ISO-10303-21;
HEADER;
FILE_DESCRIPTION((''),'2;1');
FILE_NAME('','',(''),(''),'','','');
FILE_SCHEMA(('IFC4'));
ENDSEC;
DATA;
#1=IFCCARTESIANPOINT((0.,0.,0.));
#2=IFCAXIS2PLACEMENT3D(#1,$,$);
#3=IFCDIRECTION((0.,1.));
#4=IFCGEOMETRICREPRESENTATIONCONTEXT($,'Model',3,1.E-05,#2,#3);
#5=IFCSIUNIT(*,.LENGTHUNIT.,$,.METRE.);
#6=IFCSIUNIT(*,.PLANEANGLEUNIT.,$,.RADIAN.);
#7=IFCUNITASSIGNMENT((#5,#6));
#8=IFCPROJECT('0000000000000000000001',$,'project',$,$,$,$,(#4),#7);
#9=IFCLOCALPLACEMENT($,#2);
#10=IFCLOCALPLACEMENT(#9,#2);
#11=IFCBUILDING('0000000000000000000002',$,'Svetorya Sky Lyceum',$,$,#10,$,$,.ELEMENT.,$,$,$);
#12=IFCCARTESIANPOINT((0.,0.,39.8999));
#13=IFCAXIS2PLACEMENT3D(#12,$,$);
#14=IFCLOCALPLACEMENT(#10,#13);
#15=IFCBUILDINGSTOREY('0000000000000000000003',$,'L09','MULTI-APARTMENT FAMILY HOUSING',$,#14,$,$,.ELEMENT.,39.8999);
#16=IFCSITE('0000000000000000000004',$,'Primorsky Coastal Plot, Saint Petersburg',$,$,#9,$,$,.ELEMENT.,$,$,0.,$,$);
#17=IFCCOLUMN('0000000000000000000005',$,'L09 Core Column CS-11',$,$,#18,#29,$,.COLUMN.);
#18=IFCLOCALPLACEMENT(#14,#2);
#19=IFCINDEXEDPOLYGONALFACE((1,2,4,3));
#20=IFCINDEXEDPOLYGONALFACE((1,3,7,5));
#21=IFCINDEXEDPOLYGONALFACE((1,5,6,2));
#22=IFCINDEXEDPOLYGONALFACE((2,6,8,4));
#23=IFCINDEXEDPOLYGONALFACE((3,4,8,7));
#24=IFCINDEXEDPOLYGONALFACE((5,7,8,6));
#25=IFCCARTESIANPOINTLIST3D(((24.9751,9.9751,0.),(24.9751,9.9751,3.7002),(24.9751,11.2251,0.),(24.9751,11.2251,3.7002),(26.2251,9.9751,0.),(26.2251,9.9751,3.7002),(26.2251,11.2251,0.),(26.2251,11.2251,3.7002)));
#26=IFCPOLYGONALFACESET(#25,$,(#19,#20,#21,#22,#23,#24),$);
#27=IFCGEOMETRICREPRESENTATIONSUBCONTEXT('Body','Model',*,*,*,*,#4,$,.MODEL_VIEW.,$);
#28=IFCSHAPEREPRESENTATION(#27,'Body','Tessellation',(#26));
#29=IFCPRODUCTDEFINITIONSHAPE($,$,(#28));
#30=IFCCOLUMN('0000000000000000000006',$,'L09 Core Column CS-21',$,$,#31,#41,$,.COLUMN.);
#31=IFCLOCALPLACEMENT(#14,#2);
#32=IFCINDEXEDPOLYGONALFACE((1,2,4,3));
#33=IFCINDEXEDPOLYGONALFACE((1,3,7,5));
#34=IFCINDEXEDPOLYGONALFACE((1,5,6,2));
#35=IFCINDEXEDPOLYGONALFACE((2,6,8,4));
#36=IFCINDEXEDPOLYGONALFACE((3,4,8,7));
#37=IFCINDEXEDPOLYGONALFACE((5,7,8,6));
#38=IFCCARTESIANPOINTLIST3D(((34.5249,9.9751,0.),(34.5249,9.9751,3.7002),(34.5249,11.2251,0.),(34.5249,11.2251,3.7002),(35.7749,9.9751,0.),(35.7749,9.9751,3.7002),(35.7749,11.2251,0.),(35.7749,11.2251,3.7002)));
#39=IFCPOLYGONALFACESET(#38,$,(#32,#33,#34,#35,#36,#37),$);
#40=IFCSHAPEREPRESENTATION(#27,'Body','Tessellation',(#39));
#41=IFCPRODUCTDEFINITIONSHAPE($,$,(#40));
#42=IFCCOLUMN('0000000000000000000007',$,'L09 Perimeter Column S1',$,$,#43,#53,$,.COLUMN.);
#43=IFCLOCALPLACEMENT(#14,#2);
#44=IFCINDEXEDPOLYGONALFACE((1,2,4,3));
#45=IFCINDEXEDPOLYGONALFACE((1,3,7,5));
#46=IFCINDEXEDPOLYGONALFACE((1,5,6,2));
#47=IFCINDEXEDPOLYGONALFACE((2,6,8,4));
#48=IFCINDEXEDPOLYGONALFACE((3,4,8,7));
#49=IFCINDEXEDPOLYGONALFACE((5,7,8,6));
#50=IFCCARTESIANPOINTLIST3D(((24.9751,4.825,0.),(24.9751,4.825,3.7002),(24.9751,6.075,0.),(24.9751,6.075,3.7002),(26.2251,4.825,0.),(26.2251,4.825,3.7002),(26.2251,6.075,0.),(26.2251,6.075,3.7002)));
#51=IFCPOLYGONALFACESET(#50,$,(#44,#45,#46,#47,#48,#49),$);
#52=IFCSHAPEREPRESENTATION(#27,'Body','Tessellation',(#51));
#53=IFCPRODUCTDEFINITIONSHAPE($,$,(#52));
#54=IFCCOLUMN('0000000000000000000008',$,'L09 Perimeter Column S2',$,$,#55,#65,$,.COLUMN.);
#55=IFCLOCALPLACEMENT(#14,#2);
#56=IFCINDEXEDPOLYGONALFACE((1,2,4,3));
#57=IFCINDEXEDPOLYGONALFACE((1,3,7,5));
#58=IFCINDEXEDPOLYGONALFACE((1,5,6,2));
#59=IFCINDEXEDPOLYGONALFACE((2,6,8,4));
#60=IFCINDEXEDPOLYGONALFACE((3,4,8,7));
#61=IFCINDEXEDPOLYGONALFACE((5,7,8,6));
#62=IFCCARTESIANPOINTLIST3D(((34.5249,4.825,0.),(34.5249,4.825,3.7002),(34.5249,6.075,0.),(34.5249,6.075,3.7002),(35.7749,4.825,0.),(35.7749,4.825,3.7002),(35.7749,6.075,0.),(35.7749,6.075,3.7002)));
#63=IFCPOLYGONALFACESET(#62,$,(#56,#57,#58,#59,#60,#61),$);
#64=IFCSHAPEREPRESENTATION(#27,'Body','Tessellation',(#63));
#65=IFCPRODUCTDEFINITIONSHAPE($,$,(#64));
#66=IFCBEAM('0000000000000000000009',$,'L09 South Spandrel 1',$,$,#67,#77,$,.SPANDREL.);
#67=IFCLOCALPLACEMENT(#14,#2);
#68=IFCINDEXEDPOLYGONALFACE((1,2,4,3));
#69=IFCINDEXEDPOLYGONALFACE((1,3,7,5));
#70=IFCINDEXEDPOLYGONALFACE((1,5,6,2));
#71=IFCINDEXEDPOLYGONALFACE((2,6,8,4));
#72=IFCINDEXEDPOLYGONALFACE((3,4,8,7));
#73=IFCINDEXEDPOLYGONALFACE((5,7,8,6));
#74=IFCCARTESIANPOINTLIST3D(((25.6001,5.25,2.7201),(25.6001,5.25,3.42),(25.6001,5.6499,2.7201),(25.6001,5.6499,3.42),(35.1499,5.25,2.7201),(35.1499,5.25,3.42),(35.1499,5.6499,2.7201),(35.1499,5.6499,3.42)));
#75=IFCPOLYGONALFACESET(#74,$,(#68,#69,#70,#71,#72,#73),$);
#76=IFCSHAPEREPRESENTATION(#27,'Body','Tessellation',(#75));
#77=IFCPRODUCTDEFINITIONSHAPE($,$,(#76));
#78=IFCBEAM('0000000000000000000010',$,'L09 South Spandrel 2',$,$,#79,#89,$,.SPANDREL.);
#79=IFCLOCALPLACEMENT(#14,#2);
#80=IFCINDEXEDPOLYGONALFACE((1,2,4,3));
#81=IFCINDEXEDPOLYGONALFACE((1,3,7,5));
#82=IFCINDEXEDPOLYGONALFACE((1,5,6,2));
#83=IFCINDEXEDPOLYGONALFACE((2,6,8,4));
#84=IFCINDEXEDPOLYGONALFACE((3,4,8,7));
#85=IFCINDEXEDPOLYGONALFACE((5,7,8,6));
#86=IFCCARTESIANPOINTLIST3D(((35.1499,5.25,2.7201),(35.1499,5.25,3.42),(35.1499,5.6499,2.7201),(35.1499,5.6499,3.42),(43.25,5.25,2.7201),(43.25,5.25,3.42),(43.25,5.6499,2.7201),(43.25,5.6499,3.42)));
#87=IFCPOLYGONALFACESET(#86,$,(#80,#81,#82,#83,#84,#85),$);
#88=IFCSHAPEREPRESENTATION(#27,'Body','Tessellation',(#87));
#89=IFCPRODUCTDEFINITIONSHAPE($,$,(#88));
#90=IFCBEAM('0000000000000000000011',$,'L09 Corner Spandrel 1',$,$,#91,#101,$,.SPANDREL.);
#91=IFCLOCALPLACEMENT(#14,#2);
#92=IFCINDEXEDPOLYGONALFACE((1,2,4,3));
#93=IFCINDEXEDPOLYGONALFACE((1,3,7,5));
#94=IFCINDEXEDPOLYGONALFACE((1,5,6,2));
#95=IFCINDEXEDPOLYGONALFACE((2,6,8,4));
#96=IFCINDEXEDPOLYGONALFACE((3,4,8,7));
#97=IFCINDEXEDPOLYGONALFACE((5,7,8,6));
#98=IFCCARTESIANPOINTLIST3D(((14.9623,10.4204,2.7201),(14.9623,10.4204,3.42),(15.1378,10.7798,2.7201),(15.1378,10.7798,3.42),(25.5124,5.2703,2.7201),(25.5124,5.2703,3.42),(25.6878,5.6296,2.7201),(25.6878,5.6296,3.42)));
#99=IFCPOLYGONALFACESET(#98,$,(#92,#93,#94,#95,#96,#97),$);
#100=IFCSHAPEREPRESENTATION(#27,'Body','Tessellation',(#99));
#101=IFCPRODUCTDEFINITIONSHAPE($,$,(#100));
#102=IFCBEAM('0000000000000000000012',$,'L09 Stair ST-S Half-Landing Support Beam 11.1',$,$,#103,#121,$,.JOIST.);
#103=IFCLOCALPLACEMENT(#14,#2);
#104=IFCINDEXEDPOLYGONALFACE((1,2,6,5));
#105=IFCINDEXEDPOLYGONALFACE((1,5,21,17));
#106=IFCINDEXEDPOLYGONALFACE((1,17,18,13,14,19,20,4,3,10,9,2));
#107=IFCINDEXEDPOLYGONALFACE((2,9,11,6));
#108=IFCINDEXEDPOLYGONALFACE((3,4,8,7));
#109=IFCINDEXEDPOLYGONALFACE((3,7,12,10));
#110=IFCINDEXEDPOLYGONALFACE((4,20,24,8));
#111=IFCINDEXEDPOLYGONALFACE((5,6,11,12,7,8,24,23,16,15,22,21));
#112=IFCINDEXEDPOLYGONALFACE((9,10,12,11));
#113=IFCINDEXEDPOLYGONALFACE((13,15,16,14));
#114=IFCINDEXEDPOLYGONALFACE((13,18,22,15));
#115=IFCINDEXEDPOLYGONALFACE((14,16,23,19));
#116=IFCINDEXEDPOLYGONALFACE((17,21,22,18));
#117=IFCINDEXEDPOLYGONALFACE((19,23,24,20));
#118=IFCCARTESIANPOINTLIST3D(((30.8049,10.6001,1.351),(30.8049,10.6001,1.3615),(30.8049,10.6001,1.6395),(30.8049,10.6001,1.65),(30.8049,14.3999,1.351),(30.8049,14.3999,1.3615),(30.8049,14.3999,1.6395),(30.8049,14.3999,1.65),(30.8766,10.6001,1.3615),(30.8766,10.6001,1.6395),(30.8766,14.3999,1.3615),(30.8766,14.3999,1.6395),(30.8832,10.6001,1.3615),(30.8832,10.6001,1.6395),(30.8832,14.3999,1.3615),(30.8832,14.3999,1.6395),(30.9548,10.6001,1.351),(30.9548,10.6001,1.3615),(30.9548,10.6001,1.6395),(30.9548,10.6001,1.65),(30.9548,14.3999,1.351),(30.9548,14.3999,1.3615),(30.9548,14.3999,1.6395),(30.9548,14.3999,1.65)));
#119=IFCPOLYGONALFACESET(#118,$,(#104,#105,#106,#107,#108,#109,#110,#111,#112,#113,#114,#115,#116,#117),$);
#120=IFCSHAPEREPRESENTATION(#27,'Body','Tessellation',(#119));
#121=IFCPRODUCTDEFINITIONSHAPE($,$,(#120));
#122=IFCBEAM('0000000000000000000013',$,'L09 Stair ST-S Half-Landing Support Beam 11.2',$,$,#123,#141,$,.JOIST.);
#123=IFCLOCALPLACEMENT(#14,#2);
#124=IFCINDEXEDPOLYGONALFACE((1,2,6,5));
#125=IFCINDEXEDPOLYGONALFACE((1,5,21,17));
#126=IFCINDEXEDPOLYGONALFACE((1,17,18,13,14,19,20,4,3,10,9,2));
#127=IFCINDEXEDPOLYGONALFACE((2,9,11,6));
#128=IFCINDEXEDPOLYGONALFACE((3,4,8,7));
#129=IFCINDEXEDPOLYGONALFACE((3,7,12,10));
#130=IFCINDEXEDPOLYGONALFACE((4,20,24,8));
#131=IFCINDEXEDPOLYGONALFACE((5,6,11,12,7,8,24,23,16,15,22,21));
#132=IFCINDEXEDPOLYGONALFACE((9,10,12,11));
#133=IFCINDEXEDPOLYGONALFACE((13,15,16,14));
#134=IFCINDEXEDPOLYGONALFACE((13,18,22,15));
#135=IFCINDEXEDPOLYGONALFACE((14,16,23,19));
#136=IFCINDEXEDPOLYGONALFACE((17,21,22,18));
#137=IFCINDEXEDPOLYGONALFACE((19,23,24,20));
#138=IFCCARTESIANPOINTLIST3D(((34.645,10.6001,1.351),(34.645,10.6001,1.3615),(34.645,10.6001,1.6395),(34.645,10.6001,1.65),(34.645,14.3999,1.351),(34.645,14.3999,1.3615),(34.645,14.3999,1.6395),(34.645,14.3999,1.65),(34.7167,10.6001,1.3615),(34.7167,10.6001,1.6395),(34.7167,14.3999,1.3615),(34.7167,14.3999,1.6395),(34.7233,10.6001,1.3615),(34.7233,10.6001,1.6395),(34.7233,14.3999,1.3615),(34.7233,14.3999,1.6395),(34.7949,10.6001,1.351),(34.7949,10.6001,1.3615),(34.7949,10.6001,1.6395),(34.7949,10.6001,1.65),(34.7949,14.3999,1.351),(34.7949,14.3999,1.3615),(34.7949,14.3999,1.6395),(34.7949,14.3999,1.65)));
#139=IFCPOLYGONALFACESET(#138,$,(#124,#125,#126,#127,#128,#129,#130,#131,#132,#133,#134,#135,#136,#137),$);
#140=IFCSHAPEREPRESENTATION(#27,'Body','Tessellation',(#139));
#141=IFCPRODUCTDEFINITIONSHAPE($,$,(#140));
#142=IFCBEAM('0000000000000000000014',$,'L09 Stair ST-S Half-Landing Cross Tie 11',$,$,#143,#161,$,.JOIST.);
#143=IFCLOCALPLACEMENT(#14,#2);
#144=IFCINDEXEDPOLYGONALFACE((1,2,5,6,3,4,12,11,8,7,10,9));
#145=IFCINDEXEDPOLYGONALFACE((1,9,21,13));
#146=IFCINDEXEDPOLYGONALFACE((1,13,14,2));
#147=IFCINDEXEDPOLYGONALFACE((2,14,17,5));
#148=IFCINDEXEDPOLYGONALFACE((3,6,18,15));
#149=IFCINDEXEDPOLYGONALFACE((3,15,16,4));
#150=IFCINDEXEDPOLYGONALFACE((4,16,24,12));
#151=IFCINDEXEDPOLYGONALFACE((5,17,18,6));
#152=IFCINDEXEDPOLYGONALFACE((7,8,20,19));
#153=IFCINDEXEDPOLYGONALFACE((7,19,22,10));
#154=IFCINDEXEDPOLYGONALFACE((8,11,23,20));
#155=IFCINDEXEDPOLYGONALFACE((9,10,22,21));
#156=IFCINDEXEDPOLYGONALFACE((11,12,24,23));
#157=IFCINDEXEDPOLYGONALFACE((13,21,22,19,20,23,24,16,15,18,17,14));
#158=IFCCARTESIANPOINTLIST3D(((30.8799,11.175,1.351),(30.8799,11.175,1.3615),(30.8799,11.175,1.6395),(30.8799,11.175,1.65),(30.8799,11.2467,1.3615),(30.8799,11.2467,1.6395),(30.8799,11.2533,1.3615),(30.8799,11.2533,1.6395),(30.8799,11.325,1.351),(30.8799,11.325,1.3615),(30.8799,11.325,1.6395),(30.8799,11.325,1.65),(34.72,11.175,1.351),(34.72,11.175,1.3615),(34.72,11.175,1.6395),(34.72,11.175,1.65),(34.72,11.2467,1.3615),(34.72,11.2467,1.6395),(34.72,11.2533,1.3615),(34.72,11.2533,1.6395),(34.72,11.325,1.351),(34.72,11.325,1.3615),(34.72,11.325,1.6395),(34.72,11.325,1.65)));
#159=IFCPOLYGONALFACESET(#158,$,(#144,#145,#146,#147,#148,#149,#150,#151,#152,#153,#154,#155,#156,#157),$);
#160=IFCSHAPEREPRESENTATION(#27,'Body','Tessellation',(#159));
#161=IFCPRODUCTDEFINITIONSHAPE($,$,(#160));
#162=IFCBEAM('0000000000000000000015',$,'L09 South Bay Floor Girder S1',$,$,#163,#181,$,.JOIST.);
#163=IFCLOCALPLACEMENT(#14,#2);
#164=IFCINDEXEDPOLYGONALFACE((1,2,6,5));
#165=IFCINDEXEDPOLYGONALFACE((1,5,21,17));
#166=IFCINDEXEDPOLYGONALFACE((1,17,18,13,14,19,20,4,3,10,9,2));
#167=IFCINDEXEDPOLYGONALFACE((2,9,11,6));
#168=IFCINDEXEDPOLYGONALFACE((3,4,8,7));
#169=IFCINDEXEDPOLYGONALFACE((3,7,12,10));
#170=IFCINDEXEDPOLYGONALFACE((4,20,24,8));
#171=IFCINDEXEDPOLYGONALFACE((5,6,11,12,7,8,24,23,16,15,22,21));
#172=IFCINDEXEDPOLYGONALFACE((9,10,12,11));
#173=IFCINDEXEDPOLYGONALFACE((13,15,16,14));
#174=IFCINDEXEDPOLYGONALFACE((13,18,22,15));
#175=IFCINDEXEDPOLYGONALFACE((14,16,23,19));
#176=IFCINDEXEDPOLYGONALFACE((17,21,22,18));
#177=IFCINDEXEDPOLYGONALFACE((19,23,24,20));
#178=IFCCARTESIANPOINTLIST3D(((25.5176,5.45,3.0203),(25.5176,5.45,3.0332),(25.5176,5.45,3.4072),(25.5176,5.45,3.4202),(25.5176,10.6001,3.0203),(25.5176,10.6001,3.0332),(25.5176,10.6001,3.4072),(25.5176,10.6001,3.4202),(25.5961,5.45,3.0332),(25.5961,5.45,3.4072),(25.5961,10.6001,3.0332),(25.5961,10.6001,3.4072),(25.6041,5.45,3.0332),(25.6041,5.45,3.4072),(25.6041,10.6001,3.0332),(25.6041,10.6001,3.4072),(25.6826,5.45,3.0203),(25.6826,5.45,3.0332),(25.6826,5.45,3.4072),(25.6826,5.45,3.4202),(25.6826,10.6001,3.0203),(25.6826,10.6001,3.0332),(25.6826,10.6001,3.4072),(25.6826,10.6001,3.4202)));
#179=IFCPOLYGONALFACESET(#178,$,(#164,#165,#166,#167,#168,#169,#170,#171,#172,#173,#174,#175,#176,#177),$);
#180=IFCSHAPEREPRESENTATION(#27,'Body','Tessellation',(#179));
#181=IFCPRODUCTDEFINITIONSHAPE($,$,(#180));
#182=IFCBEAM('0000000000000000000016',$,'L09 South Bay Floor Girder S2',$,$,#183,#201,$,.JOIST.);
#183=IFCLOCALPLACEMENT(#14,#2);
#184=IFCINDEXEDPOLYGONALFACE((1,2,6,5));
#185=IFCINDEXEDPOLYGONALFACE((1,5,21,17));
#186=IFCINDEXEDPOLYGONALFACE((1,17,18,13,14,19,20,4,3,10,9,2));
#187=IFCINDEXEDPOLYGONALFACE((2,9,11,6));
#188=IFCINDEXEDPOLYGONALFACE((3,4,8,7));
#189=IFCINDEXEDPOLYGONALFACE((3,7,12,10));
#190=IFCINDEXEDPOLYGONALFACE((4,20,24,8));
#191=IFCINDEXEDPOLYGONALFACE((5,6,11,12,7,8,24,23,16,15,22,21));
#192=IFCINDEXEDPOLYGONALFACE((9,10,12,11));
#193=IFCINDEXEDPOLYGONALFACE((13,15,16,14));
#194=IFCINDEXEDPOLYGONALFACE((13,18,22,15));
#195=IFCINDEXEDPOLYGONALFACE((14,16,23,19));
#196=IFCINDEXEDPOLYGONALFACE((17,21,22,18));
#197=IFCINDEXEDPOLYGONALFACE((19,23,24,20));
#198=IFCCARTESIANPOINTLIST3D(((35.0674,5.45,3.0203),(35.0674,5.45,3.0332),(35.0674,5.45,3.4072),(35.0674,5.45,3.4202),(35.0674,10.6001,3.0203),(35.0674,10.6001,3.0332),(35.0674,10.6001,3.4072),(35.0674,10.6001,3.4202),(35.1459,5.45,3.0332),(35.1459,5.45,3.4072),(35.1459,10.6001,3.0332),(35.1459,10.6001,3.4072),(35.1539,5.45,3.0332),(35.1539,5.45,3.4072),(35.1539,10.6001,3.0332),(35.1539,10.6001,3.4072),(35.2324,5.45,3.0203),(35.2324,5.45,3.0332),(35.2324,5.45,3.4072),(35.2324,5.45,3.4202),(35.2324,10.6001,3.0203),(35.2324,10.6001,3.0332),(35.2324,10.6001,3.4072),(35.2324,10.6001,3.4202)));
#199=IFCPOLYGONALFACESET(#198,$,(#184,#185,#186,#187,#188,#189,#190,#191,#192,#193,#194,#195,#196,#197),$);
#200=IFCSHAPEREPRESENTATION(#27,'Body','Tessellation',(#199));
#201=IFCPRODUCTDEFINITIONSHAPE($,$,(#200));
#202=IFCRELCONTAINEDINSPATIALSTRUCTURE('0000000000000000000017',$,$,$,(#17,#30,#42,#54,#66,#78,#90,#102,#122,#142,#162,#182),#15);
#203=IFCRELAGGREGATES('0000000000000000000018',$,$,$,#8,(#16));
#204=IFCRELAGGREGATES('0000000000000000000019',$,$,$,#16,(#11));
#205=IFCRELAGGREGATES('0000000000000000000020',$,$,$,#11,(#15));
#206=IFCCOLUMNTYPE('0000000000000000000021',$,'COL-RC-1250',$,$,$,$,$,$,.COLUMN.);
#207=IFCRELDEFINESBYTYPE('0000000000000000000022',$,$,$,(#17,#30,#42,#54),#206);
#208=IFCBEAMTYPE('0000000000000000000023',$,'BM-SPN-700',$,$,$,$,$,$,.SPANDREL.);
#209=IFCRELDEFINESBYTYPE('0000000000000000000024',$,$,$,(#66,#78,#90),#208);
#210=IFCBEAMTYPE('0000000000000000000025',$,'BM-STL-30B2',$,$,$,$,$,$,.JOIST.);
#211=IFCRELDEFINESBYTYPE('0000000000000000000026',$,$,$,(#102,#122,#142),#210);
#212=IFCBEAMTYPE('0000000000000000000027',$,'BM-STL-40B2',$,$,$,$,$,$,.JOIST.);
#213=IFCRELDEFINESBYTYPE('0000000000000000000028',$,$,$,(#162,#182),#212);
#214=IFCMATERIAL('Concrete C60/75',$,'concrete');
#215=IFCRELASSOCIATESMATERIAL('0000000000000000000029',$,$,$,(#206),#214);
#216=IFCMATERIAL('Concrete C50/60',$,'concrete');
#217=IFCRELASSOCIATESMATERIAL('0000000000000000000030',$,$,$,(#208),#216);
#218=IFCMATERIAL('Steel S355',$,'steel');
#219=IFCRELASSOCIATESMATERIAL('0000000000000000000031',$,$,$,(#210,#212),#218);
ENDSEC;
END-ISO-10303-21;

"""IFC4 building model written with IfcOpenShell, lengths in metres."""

from ifc_helpers import new_model, si_unit, direction, frame, origin, origin_2d, place, context, subcontext, project, spatial, rectangle, i_section, extrude, material, material_profile, profile_set, type_object, element, save


model = new_model("IFC4")

# Units and contexts
model_context = context("Model", 3, precision=1e-05, world=origin(), true_north=direction((0.0, 1.0)))
body_context = subcontext(model_context, "Body", "Model", "MODEL_VIEW")
ifc_project = project(units=[si_unit("LENGTHUNIT", "METRE"), si_unit("PLANEANGLEUNIT", "RADIAN")], contexts=[model_context])

# Site, building, storey
site_placement = place(None, origin())
site = spatial("IfcSite", under=ifc_project, at=site_placement, Name="Primorsky Coastal Plot, Saint Petersburg", CompositionType="ELEMENT", RefElevation=0.0)
building_placement = place(site_placement, origin())
building = spatial("IfcBuilding", under=site, at=building_placement, Name="Svetorya Sky Lyceum", CompositionType="ELEMENT")
storey_placement = place(building_placement, frame((0.0, 0.0, 39.8999)))
storey = spatial("IfcBuildingStorey", under=building, at=storey_placement, Name="L09", Description="MULTI-APARTMENT FAMILY HOUSING", CompositionType="ELEMENT", Elevation=39.8999)

# Columns
ifc_material_1 = material(Name="Concrete C60/75", Category="concrete")
ifc_material_profile_1 = material_profile(ifc_material_1, rectangle(XDim=1.25, YDim=1.25, at=origin_2d()), Name="RC COL 1250x1250")
ifc_profile_set_1 = profile_set([ifc_material_profile_1], Name="Concrete C60/75")
column_type = type_object("IfcColumnType", Name="COL-RC-1250", PredefinedType="COLUMN", material=ifc_profile_set_1)
for number, where, z_axis, x_axis, name in (
    (1, (25.6001, 10.6001, 0.0), (0.0, 0.0, 1.0), (1.0, 0.0, 0.0), "L09 Core Column CS-11"),
    (2, (35.1499, 10.6001, 0.0), (0.0, 0.0, 1.0), (1.0, 0.0, 0.0), "L09 Core Column CS-21"),
    (3, (25.6001, 5.45, 0.0), (0.0, 0.0, 1.0), (1.0, 0.0, 0.0), "L09 Perimeter Column S1"),
    (4, (35.1499, 5.45, 0.0), (0.0, 0.0, 1.0), (1.0, 0.0, 0.0), "L09 Perimeter Column S2"),
):
    element("IfcColumn", number, at=place(storey_placement, frame(where, z_axis=z_axis, x_axis=x_axis)), inside=storey, type_object=column_type, Name=name, PredefinedType="COLUMN", context=body_context, shape_type="SweptSolid", body=[
        extrude(rectangle(XDim=1.25, YDim=1.25, at=origin_2d()), origin(), (0.0, 0.0, 1.0), 3.7002),
    ])

# Beams
ifc_material_2 = material(Name="Concrete C50/60", Category="concrete")
ifc_material_profile_2 = material_profile(ifc_material_2, rectangle(XDim=0.3999, YDim=0.7, at=origin_2d()), Name="RC SPANDREL 400x700")
ifc_profile_set_2 = profile_set([ifc_material_profile_2], Name="Concrete C50/60")
beam_type_1 = type_object("IfcBeamType", Name="BM-SPN-700", PredefinedType="SPANDREL", material=ifc_profile_set_2)
beam_1_placement = place(storey_placement, frame((25.6001, 5.45, 3.0701), z_axis=(1.0, 0.0, 0.0), x_axis=(0.0, 1.0, 0.0)))
element("IfcBeam", 5, at=beam_1_placement, inside=storey, type_object=beam_type_1, Name="L09 South Spandrel 1", PredefinedType="SPANDREL", context=body_context, shape_type="SweptSolid", body=[
    extrude(rectangle(XDim=0.3999, YDim=0.7, at=origin_2d()), origin(), (0.0, 0.0, 1.0), 9.5498),
])
beam_2_placement = place(storey_placement, frame((35.1499, 5.45, 3.0701), z_axis=(1.0, 0.0, 0.0), x_axis=(0.0, 1.0, 0.0)))
element("IfcBeam", 6, at=beam_2_placement, inside=storey, type_object=beam_type_1, Name="L09 South Spandrel 2", PredefinedType="SPANDREL", context=body_context, shape_type="SweptSolid", body=[
    extrude(rectangle(XDim=0.3999, YDim=0.7, at=origin_2d()), origin(), (0.0, 0.0, 1.0), 8.1001),
])
beam_3_placement = place(storey_placement, frame((25.6001, 5.45, 3.0701), z_axis=(-0.898641, 0.438684, 0.0), x_axis=(-0.438684, -0.898641, 0.0)))
element("IfcBeam", 7, at=beam_3_placement, inside=storey, type_object=beam_type_1, Name="L09 Corner Spandrel 1", PredefinedType="SPANDREL", context=body_context, shape_type="SweptSolid", body=[
    extrude(rectangle(XDim=0.3999, YDim=0.7, at=origin_2d()), origin(), (0.0, 0.0, 1.0), 11.74),
])
ifc_material_3 = material(Name="Steel S355", Category="steel")
ifc_material_profile_3 = material_profile(ifc_material_3, i_section(OverallWidth=0.1499, OverallDepth=0.2991, WebThickness=0.0066, FlangeThickness=0.0105, at=origin_2d()), Name="GOST 30B2")
ifc_profile_set_3 = profile_set([ifc_material_profile_3], Name="Steel S355")
beam_type_2 = type_object("IfcBeamType", Name="BM-STL-30B2", PredefinedType="JOIST", material=ifc_profile_set_3)
for number, where, z_axis, x_axis, name in (
    (8, (30.8799, 10.6001, 1.5005), (0.0, 1.0, 0.0), (-1.0, 0.0, 0.0), "L09 Stair ST-S Half-Landing Support Beam 11.1"),
    (9, (34.72, 10.6001, 1.5005), (0.0, 1.0, 0.0), (-1.0, 0.0, 0.0), "L09 Stair ST-S Half-Landing Support Beam 11.2"),
):
    element("IfcBeam", number, at=place(storey_placement, frame(where, z_axis=z_axis, x_axis=x_axis)), inside=storey, type_object=beam_type_2, Name=name, PredefinedType="JOIST", context=body_context, shape_type="SweptSolid", body=[
        extrude(i_section(OverallWidth=0.1499, OverallDepth=0.2991, WebThickness=0.0066, FlangeThickness=0.0105, at=origin_2d()), origin(), (0.0, 0.0, 1.0), 3.7998),
    ])
beam_4_placement = place(storey_placement, frame((30.8799, 11.25, 1.5005), z_axis=(1.0, 0.0, 0.0), x_axis=(0.0, 1.0, 0.0)))
element("IfcBeam", 10, at=beam_4_placement, inside=storey, type_object=beam_type_2, Name="L09 Stair ST-S Half-Landing Cross Tie 11", PredefinedType="JOIST", context=body_context, shape_type="SweptSolid", body=[
    extrude(i_section(OverallWidth=0.1499, OverallDepth=0.2991, WebThickness=0.0066, FlangeThickness=0.0105, at=origin_2d()), origin(), (0.0, 0.0, 1.0), 3.8401),
])
ifc_material_profile_4 = material_profile(ifc_material_3, i_section(OverallWidth=0.165, OverallDepth=0.3999, WebThickness=0.0081, FlangeThickness=0.0129, at=origin_2d()), Name="GOST 40B2")
ifc_profile_set_4 = profile_set([ifc_material_profile_4], Name="Steel S355")
beam_type_3 = type_object("IfcBeamType", Name="BM-STL-40B2", PredefinedType="JOIST", material=ifc_profile_set_4)
for number, where, z_axis, x_axis, name in (
    (11, (25.6001, 5.45, 3.2202), (0.0, 1.0, 0.0), (-1.0, 0.0, 0.0), "L09 South Bay Floor Girder S1"),
    (12, (35.1499, 5.45, 3.2202), (0.0, 1.0, 0.0), (-1.0, 0.0, 0.0), "L09 South Bay Floor Girder S2"),
):
    element("IfcBeam", number, at=place(storey_placement, frame(where, z_axis=z_axis, x_axis=x_axis)), inside=storey, type_object=beam_type_3, Name=name, PredefinedType="JOIST", context=body_context, shape_type="SweptSolid", body=[
        extrude(i_section(OverallWidth=0.165, OverallDepth=0.3999, WebThickness=0.0081, FlangeThickness=0.0129, at=origin_2d()), origin(), (0.0, 0.0, 1.0), 5.1501),
    ])

save(model, "model.ifc")
